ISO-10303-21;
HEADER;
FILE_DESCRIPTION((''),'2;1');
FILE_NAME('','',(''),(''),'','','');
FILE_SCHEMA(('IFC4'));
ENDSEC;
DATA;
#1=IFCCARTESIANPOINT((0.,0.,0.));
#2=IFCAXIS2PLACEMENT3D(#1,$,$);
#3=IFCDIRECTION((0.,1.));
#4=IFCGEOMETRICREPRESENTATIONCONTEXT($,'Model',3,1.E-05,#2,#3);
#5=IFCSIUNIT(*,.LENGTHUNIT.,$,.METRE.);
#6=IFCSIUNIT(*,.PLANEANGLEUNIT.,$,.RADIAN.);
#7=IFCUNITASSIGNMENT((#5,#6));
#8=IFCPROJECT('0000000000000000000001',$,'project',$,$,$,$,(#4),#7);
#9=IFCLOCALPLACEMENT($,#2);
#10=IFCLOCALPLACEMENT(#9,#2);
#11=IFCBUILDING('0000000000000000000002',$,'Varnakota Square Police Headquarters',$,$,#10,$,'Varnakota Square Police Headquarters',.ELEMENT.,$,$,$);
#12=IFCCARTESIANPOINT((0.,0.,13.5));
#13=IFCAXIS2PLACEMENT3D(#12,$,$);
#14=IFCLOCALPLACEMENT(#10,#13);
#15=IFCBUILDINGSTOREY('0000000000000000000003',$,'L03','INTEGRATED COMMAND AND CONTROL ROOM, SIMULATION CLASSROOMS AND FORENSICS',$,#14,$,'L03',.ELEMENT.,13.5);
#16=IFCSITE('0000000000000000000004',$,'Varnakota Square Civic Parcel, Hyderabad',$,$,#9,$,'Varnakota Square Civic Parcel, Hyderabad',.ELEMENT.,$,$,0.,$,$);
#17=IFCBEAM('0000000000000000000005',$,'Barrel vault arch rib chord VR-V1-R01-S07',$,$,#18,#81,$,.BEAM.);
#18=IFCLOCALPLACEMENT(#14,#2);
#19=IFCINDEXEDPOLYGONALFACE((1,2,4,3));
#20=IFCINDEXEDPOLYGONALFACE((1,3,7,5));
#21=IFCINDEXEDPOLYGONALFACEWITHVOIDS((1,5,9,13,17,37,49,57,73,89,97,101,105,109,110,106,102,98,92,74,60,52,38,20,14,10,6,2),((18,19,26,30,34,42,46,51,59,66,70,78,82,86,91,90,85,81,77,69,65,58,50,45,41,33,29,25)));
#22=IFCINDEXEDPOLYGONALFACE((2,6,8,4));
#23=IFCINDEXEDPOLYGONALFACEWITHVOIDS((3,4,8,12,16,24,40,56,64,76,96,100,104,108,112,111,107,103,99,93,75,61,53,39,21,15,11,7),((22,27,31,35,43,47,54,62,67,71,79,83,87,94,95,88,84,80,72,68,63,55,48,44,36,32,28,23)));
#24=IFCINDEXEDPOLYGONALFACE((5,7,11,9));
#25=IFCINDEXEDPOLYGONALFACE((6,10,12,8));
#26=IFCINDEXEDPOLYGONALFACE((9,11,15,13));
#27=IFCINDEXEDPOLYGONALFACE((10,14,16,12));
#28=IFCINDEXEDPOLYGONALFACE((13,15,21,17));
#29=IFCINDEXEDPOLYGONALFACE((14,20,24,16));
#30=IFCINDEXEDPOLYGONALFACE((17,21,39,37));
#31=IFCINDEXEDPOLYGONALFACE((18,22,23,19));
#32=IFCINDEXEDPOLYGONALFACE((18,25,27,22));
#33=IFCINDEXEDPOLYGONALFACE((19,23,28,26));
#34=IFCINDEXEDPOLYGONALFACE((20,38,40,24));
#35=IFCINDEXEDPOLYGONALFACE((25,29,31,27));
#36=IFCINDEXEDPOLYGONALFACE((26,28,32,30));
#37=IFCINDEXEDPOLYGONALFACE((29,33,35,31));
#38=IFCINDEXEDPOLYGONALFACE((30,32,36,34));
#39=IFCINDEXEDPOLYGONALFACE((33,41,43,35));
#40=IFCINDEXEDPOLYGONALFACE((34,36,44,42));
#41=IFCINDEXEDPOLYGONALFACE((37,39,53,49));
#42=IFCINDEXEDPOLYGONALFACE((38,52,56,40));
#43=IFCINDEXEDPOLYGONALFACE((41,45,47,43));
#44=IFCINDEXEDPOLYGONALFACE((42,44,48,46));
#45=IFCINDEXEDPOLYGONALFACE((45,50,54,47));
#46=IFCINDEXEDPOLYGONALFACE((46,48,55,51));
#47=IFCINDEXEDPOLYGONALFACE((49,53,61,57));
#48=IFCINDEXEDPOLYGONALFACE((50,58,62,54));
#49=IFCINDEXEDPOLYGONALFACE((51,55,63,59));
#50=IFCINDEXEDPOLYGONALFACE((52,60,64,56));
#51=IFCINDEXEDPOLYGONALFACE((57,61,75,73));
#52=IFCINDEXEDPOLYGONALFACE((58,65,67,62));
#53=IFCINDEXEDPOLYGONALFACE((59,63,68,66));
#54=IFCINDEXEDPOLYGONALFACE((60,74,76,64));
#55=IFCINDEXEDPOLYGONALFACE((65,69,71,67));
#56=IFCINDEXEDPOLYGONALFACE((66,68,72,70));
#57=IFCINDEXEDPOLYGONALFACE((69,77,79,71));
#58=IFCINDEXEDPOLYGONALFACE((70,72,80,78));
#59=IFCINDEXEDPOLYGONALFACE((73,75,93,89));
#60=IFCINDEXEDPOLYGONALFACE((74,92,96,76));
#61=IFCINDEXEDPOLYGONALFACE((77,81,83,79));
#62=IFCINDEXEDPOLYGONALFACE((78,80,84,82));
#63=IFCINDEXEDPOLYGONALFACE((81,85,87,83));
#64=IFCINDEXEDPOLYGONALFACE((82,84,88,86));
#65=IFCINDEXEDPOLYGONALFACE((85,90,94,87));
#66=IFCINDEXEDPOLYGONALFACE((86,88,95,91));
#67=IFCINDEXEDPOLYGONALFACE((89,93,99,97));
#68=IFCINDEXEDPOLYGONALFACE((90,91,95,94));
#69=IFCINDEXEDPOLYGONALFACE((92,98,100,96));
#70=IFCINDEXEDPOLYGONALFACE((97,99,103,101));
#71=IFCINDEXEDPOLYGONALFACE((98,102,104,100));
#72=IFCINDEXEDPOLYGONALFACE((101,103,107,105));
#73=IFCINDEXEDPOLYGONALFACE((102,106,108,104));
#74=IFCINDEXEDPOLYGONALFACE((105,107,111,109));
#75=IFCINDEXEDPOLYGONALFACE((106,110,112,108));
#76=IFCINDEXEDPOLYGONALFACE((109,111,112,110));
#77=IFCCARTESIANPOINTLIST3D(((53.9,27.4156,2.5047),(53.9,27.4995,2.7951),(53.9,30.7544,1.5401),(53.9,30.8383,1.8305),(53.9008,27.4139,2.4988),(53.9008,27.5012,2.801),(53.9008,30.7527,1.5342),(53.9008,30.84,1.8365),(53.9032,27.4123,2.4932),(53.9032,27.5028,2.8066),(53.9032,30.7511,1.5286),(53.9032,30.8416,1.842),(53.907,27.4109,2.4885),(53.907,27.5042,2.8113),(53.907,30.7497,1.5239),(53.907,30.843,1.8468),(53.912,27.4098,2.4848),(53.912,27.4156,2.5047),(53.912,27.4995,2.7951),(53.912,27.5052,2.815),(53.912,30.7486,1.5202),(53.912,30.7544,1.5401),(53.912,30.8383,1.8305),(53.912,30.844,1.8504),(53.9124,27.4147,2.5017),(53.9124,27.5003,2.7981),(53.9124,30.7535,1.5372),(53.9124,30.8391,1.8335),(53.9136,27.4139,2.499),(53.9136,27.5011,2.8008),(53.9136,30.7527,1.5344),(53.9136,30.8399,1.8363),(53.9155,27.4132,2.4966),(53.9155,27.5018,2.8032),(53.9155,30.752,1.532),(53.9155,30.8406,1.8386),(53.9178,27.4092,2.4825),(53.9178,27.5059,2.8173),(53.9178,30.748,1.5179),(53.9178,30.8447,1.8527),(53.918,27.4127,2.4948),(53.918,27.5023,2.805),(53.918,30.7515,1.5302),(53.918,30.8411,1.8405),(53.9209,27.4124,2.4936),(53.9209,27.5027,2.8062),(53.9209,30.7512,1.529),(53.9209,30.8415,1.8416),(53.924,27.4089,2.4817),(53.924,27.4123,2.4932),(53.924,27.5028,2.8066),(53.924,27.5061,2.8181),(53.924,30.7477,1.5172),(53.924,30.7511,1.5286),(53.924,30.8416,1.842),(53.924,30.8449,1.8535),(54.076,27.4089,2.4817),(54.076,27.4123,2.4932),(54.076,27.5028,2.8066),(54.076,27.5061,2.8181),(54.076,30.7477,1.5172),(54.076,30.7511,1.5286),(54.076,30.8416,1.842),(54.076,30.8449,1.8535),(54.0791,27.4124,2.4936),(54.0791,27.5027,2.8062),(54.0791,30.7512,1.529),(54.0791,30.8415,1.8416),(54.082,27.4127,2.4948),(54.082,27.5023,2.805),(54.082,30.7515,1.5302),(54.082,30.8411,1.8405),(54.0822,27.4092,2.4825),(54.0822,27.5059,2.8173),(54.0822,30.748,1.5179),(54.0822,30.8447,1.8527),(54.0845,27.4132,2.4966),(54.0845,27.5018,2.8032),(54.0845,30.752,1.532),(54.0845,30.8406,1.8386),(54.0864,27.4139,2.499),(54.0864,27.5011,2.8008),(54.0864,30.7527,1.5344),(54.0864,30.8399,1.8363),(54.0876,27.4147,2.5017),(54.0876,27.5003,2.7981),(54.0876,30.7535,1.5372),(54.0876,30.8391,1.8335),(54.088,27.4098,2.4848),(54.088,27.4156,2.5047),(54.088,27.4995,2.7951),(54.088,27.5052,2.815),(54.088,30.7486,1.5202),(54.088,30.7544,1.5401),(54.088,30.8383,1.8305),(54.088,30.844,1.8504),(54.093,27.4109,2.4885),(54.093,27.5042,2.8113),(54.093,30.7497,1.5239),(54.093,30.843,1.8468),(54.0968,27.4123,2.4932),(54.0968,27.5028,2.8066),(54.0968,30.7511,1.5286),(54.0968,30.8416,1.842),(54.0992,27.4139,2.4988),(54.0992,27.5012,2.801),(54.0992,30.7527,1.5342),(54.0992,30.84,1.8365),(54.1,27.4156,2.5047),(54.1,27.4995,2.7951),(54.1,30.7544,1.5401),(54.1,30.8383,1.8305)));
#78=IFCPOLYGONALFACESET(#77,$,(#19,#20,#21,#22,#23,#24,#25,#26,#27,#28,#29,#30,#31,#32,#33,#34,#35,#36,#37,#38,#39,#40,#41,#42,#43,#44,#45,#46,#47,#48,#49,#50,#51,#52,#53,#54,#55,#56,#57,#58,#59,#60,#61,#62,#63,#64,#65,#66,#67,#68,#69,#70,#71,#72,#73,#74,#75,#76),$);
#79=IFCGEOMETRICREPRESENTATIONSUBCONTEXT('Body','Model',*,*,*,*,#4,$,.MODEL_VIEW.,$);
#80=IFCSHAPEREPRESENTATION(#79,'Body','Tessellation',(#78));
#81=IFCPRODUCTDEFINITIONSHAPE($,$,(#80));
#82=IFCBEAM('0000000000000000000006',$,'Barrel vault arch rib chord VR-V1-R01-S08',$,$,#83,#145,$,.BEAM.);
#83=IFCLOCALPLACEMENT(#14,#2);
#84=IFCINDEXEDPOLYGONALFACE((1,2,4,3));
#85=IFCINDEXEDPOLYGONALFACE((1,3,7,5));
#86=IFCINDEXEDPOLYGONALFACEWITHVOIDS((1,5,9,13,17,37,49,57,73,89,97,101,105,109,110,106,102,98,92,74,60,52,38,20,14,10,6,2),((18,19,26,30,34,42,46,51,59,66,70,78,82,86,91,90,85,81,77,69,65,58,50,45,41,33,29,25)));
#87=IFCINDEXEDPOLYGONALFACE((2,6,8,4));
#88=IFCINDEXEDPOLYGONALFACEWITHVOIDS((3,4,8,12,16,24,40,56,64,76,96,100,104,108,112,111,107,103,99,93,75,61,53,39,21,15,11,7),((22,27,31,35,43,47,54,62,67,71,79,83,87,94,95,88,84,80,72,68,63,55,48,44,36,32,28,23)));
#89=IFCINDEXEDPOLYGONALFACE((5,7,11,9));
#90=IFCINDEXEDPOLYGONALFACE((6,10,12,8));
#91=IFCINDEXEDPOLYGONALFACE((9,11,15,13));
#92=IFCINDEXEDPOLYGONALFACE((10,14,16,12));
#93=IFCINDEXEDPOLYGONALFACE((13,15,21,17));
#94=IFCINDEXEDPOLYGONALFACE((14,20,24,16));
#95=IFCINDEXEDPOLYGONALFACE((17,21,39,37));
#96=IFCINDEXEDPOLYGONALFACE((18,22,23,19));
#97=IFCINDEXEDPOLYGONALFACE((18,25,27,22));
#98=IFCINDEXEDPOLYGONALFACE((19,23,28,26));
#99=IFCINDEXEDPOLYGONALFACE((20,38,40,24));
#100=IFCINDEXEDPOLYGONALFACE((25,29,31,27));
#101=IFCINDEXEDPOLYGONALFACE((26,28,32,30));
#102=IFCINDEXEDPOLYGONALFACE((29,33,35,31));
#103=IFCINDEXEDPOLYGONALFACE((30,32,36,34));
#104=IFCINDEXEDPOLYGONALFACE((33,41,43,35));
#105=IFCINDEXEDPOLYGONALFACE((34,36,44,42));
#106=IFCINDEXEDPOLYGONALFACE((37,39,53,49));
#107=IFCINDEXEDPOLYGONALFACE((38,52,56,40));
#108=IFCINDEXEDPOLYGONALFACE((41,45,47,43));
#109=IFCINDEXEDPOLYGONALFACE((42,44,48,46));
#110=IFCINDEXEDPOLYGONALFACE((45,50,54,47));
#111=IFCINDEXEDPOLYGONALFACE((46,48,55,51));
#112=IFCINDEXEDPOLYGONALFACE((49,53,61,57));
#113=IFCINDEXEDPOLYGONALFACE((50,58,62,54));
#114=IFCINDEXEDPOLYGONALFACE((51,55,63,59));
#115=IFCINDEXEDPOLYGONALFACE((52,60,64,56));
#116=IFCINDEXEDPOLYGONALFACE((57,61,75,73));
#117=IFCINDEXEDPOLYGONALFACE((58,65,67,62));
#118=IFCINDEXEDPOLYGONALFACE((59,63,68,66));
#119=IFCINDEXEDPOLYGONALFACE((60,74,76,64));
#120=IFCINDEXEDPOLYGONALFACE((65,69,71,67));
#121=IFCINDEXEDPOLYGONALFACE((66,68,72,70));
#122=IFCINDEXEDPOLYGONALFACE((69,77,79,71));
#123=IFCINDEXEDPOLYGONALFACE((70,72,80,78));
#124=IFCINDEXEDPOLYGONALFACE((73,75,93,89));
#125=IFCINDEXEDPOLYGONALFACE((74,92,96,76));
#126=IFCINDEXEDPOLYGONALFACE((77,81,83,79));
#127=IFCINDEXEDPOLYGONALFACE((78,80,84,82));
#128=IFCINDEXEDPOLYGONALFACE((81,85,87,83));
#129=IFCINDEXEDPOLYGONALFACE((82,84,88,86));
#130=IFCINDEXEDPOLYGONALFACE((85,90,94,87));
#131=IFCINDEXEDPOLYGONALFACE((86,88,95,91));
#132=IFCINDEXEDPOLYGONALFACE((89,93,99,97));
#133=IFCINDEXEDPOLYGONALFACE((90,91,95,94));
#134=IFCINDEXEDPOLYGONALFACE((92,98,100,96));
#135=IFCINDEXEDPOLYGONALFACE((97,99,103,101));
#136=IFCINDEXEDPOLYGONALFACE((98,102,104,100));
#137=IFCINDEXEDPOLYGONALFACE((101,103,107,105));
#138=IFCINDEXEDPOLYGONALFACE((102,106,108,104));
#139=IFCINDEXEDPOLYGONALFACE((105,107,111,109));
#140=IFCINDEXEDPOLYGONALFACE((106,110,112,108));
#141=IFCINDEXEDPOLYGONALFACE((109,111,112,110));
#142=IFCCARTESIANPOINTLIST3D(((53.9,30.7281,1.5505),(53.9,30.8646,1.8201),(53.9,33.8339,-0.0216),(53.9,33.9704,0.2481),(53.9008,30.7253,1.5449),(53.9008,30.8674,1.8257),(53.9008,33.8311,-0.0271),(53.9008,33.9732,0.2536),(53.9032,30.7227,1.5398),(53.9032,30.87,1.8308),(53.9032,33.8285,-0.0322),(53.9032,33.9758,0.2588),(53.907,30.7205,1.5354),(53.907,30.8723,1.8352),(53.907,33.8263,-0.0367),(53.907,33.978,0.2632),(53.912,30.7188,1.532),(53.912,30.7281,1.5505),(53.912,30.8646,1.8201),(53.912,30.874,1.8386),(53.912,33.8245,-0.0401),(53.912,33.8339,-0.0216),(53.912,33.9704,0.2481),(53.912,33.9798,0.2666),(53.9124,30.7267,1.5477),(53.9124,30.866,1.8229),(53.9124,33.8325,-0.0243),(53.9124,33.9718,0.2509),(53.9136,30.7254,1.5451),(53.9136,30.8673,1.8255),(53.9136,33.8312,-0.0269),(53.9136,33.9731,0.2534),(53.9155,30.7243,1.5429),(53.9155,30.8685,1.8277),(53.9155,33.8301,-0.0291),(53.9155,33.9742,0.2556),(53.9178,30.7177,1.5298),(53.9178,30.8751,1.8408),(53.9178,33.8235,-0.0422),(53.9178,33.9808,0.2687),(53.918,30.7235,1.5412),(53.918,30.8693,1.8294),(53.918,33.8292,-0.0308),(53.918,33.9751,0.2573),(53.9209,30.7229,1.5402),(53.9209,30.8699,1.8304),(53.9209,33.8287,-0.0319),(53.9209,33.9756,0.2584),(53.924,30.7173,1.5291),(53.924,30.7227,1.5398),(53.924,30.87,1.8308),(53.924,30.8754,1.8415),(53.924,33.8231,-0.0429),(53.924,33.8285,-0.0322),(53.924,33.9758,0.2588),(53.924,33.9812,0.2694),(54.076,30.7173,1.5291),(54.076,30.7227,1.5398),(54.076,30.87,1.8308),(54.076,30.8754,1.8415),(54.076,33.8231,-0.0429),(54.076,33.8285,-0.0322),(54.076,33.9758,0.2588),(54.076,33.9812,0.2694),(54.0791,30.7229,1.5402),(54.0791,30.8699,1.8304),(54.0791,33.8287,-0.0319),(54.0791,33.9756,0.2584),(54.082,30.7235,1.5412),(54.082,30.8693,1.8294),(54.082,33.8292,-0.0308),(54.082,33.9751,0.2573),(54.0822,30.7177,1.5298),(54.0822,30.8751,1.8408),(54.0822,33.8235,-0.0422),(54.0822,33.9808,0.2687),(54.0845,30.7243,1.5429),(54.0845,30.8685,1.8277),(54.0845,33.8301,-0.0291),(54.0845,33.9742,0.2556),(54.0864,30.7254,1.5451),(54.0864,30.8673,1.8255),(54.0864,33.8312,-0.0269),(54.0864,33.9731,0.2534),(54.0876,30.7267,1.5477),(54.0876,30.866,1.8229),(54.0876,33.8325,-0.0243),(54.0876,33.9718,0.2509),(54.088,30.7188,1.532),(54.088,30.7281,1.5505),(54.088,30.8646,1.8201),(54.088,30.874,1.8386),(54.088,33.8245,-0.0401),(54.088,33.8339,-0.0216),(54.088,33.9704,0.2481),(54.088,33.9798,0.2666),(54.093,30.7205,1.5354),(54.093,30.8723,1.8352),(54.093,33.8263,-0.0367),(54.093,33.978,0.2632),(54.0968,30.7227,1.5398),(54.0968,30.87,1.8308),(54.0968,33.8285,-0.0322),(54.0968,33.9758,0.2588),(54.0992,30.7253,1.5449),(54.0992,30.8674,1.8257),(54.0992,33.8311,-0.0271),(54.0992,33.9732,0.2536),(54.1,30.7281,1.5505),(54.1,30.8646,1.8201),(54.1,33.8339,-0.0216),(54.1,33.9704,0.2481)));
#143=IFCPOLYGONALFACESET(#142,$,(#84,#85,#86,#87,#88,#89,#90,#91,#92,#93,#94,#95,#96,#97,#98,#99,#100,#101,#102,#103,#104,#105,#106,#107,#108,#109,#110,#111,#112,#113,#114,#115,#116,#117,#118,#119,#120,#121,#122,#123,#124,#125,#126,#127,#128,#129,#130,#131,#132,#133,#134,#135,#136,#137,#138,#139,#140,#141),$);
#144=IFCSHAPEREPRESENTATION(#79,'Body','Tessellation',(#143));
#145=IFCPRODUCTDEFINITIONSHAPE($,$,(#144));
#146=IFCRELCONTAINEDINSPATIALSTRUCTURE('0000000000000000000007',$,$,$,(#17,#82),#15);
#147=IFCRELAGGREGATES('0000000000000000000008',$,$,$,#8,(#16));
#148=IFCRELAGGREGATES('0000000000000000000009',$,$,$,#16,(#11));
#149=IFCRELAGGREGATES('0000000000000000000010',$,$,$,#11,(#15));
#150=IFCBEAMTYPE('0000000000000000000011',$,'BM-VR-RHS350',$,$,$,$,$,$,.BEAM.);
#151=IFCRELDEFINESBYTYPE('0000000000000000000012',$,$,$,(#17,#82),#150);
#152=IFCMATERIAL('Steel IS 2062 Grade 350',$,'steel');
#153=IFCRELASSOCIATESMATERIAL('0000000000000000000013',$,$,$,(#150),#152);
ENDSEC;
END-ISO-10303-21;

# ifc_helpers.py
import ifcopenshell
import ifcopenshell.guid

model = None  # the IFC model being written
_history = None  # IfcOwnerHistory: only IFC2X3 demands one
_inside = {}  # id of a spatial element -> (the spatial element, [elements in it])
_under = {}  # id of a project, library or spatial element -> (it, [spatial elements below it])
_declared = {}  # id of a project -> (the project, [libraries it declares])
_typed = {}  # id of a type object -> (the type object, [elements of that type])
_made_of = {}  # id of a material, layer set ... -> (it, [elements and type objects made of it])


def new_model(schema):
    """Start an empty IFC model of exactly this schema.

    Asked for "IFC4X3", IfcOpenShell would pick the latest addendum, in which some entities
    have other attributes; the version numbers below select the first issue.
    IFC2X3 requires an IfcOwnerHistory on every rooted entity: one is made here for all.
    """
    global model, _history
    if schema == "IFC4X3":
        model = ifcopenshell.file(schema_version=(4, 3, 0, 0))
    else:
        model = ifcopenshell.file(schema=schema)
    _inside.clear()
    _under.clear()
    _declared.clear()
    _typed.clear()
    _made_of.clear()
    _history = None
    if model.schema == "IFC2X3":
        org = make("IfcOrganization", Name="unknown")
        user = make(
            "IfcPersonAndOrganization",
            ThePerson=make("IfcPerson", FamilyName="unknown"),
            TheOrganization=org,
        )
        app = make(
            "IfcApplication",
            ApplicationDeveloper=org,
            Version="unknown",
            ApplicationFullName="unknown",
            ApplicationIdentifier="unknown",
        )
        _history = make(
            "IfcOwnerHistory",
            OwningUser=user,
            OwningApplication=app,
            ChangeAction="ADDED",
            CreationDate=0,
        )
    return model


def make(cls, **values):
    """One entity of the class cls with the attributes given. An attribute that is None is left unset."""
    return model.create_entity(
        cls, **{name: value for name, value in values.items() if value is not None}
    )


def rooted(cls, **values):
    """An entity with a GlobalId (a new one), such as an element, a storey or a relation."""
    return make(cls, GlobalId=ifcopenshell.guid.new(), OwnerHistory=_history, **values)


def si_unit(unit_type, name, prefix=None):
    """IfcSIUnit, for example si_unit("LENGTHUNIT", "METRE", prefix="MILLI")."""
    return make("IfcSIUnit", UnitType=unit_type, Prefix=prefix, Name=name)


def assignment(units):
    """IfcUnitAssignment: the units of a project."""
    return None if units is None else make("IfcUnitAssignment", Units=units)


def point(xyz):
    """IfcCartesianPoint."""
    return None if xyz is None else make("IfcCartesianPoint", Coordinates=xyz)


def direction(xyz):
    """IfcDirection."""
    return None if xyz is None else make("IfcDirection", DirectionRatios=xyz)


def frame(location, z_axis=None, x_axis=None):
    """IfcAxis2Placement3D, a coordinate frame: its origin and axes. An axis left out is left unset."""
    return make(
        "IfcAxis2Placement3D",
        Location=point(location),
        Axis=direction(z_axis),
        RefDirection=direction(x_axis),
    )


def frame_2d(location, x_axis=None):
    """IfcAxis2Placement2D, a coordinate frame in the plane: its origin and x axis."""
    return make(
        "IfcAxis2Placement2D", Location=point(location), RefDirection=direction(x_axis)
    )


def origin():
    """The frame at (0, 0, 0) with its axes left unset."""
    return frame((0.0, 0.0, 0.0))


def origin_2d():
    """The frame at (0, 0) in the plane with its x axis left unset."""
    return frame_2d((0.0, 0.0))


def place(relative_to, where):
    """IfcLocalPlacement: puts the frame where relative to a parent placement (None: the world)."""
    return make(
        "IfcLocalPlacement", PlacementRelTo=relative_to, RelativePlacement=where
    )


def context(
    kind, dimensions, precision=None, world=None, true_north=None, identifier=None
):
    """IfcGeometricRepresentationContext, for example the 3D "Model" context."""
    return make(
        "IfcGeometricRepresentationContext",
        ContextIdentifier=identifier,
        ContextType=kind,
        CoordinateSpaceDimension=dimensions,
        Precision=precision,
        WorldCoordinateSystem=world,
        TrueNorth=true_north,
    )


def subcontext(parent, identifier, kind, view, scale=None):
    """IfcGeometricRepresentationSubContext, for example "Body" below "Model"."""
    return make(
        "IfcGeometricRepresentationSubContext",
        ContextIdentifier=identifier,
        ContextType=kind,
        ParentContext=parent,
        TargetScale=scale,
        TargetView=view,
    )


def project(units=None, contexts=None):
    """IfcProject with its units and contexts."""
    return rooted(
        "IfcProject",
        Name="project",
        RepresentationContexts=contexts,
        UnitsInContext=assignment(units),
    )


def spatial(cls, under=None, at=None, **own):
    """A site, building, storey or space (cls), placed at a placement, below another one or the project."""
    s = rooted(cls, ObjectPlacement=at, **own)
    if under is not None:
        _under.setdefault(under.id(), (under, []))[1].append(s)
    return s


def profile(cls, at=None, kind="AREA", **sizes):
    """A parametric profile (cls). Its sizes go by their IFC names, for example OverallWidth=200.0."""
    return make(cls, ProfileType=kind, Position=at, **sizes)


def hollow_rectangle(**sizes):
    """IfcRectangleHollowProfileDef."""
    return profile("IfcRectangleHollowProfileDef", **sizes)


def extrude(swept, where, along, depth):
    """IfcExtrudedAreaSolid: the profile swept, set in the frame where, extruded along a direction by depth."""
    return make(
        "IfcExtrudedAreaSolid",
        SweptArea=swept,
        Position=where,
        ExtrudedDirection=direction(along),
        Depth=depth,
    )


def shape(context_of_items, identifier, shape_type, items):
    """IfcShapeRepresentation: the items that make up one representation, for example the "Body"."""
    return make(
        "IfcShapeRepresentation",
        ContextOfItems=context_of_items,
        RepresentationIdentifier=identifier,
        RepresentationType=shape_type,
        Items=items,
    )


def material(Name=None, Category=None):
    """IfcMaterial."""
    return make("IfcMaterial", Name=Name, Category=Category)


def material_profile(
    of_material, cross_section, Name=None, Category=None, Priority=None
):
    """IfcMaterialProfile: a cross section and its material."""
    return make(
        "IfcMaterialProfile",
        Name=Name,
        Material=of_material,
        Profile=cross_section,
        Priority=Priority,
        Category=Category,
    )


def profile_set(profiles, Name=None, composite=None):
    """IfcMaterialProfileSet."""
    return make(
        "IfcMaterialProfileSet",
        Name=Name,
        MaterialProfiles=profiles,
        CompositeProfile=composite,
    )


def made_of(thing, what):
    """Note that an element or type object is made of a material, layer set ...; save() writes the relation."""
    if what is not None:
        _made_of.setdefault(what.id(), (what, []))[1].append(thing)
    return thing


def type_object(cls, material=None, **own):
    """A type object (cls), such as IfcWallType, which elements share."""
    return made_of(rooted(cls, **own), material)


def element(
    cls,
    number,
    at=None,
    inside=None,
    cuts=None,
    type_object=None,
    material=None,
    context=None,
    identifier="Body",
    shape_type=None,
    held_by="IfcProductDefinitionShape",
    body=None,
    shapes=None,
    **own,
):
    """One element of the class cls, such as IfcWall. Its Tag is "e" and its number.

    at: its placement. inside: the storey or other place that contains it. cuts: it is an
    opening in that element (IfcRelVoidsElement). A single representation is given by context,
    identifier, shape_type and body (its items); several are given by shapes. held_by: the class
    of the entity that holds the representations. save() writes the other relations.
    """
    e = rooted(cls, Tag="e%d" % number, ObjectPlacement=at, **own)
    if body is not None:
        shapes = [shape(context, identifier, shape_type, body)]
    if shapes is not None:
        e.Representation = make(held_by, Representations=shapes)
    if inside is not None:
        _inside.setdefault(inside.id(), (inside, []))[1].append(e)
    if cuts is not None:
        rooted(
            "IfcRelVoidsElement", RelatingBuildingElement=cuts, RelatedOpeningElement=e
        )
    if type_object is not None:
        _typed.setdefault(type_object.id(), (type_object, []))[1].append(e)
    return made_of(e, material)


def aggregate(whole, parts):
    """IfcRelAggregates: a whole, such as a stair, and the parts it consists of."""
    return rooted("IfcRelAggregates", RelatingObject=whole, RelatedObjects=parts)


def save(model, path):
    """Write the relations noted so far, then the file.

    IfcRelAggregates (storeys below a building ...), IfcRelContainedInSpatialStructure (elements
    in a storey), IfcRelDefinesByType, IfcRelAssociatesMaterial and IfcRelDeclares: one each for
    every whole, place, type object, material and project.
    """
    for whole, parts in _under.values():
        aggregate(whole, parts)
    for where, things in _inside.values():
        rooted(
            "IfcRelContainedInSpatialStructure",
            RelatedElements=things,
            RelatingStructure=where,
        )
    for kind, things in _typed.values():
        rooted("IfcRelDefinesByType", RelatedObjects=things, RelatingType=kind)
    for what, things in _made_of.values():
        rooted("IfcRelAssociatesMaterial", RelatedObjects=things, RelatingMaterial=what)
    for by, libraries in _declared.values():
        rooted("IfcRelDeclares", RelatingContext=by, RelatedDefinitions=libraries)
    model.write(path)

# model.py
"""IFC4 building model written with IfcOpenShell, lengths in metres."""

from ifc_helpers import new_model, si_unit, direction, frame, origin, origin_2d, place, context, subcontext, project, spatial, hollow_rectangle, extrude, material, material_profile, profile_set, type_object, element, save


model = new_model("IFC4")

# Units and contexts
model_context = context("Model", 3, precision=1e-05, world=origin(), true_north=direction((0.0, 1.0)))
body_context = subcontext(model_context, "Body", "Model", "MODEL_VIEW")
ifc_project = project(units=[si_unit("LENGTHUNIT", "METRE"), si_unit("PLANEANGLEUNIT", "RADIAN")], contexts=[model_context])

# Site, building, storey
site_placement = place(None, origin())
site = spatial("IfcSite", under=ifc_project, at=site_placement, Name="Varnakota Square Civic Parcel, Hyderabad", LongName="Varnakota Square Civic Parcel, Hyderabad", CompositionType="ELEMENT", RefElevation=0.0)
building_placement = place(site_placement, origin())
building = spatial("IfcBuilding", under=site, at=building_placement, Name="Varnakota Square Police Headquarters", LongName="Varnakota Square Police Headquarters", CompositionType="ELEMENT")
storey_placement = place(building_placement, frame((0.0, 0.0, 13.5)))
storey = spatial("IfcBuildingStorey", under=building, at=storey_placement, Name="L03", Description="INTEGRATED COMMAND AND CONTROL ROOM, SIMULATION CLASSROOMS AND FORENSICS", LongName="L03", CompositionType="ELEMENT", Elevation=13.5)

# Beams
ifc_material_1 = material(Name="Steel IS 2062 Grade 350", Category="steel")
ifc_material_profile_1 = material_profile(ifc_material_1, hollow_rectangle(XDim=0.2, YDim=0.3501, WallThickness=0.012, InnerFilletRadius=0.012, OuterFilletRadius=0.0239, at=origin_2d()), Name="RHS 350x200x12")
ifc_profile_set_1 = profile_set([ifc_material_profile_1], Name="Steel IS 2062 Grade 350")
beam_type = type_object("IfcBeamType", Name="BM-VR-RHS350", PredefinedType="BEAM", material=ifc_profile_set_1)
beam_1_placement = place(storey_placement, frame((54.0, 27.4575, 2.6499), z_axis=(0.0, 0.960711, -0.27755), x_axis=(-1.0, 0.0, 0.0)))
element("IfcBeam", 1, at=beam_1_placement, inside=storey, type_object=beam_type, Name="Barrel vault arch rib chord VR-V1-R01-S07", PredefinedType="BEAM", context=body_context, shape_type="SweptSolid", body=[
    extrude(hollow_rectangle(XDim=0.2, YDim=0.3501, WallThickness=0.012, InnerFilletRadius=0.012, OuterFilletRadius=0.0239, at=origin_2d()), origin(), (0.0, 0.0, 1.0), 3.4753),
])
beam_2_placement = place(storey_placement, frame((54.0, 30.7964, 1.6853), z_axis=(0.0, 0.892214, -0.451613), x_axis=(-1.0, 0.0, 0.0)))
element("IfcBeam", 2, at=beam_2_placement, inside=storey, type_object=beam_type, Name="Barrel vault arch rib chord VR-V1-R01-S08", PredefinedType="BEAM", context=body_context, shape_type="SweptSolid", body=[
    extrude(hollow_rectangle(XDim=0.2, YDim=0.3501, WallThickness=0.012, InnerFilletRadius=0.012, OuterFilletRadius=0.0239, at=origin_2d()), origin(), (0.0, 0.0, 1.0), 3.481),
])

save(model, "model.ifc")
